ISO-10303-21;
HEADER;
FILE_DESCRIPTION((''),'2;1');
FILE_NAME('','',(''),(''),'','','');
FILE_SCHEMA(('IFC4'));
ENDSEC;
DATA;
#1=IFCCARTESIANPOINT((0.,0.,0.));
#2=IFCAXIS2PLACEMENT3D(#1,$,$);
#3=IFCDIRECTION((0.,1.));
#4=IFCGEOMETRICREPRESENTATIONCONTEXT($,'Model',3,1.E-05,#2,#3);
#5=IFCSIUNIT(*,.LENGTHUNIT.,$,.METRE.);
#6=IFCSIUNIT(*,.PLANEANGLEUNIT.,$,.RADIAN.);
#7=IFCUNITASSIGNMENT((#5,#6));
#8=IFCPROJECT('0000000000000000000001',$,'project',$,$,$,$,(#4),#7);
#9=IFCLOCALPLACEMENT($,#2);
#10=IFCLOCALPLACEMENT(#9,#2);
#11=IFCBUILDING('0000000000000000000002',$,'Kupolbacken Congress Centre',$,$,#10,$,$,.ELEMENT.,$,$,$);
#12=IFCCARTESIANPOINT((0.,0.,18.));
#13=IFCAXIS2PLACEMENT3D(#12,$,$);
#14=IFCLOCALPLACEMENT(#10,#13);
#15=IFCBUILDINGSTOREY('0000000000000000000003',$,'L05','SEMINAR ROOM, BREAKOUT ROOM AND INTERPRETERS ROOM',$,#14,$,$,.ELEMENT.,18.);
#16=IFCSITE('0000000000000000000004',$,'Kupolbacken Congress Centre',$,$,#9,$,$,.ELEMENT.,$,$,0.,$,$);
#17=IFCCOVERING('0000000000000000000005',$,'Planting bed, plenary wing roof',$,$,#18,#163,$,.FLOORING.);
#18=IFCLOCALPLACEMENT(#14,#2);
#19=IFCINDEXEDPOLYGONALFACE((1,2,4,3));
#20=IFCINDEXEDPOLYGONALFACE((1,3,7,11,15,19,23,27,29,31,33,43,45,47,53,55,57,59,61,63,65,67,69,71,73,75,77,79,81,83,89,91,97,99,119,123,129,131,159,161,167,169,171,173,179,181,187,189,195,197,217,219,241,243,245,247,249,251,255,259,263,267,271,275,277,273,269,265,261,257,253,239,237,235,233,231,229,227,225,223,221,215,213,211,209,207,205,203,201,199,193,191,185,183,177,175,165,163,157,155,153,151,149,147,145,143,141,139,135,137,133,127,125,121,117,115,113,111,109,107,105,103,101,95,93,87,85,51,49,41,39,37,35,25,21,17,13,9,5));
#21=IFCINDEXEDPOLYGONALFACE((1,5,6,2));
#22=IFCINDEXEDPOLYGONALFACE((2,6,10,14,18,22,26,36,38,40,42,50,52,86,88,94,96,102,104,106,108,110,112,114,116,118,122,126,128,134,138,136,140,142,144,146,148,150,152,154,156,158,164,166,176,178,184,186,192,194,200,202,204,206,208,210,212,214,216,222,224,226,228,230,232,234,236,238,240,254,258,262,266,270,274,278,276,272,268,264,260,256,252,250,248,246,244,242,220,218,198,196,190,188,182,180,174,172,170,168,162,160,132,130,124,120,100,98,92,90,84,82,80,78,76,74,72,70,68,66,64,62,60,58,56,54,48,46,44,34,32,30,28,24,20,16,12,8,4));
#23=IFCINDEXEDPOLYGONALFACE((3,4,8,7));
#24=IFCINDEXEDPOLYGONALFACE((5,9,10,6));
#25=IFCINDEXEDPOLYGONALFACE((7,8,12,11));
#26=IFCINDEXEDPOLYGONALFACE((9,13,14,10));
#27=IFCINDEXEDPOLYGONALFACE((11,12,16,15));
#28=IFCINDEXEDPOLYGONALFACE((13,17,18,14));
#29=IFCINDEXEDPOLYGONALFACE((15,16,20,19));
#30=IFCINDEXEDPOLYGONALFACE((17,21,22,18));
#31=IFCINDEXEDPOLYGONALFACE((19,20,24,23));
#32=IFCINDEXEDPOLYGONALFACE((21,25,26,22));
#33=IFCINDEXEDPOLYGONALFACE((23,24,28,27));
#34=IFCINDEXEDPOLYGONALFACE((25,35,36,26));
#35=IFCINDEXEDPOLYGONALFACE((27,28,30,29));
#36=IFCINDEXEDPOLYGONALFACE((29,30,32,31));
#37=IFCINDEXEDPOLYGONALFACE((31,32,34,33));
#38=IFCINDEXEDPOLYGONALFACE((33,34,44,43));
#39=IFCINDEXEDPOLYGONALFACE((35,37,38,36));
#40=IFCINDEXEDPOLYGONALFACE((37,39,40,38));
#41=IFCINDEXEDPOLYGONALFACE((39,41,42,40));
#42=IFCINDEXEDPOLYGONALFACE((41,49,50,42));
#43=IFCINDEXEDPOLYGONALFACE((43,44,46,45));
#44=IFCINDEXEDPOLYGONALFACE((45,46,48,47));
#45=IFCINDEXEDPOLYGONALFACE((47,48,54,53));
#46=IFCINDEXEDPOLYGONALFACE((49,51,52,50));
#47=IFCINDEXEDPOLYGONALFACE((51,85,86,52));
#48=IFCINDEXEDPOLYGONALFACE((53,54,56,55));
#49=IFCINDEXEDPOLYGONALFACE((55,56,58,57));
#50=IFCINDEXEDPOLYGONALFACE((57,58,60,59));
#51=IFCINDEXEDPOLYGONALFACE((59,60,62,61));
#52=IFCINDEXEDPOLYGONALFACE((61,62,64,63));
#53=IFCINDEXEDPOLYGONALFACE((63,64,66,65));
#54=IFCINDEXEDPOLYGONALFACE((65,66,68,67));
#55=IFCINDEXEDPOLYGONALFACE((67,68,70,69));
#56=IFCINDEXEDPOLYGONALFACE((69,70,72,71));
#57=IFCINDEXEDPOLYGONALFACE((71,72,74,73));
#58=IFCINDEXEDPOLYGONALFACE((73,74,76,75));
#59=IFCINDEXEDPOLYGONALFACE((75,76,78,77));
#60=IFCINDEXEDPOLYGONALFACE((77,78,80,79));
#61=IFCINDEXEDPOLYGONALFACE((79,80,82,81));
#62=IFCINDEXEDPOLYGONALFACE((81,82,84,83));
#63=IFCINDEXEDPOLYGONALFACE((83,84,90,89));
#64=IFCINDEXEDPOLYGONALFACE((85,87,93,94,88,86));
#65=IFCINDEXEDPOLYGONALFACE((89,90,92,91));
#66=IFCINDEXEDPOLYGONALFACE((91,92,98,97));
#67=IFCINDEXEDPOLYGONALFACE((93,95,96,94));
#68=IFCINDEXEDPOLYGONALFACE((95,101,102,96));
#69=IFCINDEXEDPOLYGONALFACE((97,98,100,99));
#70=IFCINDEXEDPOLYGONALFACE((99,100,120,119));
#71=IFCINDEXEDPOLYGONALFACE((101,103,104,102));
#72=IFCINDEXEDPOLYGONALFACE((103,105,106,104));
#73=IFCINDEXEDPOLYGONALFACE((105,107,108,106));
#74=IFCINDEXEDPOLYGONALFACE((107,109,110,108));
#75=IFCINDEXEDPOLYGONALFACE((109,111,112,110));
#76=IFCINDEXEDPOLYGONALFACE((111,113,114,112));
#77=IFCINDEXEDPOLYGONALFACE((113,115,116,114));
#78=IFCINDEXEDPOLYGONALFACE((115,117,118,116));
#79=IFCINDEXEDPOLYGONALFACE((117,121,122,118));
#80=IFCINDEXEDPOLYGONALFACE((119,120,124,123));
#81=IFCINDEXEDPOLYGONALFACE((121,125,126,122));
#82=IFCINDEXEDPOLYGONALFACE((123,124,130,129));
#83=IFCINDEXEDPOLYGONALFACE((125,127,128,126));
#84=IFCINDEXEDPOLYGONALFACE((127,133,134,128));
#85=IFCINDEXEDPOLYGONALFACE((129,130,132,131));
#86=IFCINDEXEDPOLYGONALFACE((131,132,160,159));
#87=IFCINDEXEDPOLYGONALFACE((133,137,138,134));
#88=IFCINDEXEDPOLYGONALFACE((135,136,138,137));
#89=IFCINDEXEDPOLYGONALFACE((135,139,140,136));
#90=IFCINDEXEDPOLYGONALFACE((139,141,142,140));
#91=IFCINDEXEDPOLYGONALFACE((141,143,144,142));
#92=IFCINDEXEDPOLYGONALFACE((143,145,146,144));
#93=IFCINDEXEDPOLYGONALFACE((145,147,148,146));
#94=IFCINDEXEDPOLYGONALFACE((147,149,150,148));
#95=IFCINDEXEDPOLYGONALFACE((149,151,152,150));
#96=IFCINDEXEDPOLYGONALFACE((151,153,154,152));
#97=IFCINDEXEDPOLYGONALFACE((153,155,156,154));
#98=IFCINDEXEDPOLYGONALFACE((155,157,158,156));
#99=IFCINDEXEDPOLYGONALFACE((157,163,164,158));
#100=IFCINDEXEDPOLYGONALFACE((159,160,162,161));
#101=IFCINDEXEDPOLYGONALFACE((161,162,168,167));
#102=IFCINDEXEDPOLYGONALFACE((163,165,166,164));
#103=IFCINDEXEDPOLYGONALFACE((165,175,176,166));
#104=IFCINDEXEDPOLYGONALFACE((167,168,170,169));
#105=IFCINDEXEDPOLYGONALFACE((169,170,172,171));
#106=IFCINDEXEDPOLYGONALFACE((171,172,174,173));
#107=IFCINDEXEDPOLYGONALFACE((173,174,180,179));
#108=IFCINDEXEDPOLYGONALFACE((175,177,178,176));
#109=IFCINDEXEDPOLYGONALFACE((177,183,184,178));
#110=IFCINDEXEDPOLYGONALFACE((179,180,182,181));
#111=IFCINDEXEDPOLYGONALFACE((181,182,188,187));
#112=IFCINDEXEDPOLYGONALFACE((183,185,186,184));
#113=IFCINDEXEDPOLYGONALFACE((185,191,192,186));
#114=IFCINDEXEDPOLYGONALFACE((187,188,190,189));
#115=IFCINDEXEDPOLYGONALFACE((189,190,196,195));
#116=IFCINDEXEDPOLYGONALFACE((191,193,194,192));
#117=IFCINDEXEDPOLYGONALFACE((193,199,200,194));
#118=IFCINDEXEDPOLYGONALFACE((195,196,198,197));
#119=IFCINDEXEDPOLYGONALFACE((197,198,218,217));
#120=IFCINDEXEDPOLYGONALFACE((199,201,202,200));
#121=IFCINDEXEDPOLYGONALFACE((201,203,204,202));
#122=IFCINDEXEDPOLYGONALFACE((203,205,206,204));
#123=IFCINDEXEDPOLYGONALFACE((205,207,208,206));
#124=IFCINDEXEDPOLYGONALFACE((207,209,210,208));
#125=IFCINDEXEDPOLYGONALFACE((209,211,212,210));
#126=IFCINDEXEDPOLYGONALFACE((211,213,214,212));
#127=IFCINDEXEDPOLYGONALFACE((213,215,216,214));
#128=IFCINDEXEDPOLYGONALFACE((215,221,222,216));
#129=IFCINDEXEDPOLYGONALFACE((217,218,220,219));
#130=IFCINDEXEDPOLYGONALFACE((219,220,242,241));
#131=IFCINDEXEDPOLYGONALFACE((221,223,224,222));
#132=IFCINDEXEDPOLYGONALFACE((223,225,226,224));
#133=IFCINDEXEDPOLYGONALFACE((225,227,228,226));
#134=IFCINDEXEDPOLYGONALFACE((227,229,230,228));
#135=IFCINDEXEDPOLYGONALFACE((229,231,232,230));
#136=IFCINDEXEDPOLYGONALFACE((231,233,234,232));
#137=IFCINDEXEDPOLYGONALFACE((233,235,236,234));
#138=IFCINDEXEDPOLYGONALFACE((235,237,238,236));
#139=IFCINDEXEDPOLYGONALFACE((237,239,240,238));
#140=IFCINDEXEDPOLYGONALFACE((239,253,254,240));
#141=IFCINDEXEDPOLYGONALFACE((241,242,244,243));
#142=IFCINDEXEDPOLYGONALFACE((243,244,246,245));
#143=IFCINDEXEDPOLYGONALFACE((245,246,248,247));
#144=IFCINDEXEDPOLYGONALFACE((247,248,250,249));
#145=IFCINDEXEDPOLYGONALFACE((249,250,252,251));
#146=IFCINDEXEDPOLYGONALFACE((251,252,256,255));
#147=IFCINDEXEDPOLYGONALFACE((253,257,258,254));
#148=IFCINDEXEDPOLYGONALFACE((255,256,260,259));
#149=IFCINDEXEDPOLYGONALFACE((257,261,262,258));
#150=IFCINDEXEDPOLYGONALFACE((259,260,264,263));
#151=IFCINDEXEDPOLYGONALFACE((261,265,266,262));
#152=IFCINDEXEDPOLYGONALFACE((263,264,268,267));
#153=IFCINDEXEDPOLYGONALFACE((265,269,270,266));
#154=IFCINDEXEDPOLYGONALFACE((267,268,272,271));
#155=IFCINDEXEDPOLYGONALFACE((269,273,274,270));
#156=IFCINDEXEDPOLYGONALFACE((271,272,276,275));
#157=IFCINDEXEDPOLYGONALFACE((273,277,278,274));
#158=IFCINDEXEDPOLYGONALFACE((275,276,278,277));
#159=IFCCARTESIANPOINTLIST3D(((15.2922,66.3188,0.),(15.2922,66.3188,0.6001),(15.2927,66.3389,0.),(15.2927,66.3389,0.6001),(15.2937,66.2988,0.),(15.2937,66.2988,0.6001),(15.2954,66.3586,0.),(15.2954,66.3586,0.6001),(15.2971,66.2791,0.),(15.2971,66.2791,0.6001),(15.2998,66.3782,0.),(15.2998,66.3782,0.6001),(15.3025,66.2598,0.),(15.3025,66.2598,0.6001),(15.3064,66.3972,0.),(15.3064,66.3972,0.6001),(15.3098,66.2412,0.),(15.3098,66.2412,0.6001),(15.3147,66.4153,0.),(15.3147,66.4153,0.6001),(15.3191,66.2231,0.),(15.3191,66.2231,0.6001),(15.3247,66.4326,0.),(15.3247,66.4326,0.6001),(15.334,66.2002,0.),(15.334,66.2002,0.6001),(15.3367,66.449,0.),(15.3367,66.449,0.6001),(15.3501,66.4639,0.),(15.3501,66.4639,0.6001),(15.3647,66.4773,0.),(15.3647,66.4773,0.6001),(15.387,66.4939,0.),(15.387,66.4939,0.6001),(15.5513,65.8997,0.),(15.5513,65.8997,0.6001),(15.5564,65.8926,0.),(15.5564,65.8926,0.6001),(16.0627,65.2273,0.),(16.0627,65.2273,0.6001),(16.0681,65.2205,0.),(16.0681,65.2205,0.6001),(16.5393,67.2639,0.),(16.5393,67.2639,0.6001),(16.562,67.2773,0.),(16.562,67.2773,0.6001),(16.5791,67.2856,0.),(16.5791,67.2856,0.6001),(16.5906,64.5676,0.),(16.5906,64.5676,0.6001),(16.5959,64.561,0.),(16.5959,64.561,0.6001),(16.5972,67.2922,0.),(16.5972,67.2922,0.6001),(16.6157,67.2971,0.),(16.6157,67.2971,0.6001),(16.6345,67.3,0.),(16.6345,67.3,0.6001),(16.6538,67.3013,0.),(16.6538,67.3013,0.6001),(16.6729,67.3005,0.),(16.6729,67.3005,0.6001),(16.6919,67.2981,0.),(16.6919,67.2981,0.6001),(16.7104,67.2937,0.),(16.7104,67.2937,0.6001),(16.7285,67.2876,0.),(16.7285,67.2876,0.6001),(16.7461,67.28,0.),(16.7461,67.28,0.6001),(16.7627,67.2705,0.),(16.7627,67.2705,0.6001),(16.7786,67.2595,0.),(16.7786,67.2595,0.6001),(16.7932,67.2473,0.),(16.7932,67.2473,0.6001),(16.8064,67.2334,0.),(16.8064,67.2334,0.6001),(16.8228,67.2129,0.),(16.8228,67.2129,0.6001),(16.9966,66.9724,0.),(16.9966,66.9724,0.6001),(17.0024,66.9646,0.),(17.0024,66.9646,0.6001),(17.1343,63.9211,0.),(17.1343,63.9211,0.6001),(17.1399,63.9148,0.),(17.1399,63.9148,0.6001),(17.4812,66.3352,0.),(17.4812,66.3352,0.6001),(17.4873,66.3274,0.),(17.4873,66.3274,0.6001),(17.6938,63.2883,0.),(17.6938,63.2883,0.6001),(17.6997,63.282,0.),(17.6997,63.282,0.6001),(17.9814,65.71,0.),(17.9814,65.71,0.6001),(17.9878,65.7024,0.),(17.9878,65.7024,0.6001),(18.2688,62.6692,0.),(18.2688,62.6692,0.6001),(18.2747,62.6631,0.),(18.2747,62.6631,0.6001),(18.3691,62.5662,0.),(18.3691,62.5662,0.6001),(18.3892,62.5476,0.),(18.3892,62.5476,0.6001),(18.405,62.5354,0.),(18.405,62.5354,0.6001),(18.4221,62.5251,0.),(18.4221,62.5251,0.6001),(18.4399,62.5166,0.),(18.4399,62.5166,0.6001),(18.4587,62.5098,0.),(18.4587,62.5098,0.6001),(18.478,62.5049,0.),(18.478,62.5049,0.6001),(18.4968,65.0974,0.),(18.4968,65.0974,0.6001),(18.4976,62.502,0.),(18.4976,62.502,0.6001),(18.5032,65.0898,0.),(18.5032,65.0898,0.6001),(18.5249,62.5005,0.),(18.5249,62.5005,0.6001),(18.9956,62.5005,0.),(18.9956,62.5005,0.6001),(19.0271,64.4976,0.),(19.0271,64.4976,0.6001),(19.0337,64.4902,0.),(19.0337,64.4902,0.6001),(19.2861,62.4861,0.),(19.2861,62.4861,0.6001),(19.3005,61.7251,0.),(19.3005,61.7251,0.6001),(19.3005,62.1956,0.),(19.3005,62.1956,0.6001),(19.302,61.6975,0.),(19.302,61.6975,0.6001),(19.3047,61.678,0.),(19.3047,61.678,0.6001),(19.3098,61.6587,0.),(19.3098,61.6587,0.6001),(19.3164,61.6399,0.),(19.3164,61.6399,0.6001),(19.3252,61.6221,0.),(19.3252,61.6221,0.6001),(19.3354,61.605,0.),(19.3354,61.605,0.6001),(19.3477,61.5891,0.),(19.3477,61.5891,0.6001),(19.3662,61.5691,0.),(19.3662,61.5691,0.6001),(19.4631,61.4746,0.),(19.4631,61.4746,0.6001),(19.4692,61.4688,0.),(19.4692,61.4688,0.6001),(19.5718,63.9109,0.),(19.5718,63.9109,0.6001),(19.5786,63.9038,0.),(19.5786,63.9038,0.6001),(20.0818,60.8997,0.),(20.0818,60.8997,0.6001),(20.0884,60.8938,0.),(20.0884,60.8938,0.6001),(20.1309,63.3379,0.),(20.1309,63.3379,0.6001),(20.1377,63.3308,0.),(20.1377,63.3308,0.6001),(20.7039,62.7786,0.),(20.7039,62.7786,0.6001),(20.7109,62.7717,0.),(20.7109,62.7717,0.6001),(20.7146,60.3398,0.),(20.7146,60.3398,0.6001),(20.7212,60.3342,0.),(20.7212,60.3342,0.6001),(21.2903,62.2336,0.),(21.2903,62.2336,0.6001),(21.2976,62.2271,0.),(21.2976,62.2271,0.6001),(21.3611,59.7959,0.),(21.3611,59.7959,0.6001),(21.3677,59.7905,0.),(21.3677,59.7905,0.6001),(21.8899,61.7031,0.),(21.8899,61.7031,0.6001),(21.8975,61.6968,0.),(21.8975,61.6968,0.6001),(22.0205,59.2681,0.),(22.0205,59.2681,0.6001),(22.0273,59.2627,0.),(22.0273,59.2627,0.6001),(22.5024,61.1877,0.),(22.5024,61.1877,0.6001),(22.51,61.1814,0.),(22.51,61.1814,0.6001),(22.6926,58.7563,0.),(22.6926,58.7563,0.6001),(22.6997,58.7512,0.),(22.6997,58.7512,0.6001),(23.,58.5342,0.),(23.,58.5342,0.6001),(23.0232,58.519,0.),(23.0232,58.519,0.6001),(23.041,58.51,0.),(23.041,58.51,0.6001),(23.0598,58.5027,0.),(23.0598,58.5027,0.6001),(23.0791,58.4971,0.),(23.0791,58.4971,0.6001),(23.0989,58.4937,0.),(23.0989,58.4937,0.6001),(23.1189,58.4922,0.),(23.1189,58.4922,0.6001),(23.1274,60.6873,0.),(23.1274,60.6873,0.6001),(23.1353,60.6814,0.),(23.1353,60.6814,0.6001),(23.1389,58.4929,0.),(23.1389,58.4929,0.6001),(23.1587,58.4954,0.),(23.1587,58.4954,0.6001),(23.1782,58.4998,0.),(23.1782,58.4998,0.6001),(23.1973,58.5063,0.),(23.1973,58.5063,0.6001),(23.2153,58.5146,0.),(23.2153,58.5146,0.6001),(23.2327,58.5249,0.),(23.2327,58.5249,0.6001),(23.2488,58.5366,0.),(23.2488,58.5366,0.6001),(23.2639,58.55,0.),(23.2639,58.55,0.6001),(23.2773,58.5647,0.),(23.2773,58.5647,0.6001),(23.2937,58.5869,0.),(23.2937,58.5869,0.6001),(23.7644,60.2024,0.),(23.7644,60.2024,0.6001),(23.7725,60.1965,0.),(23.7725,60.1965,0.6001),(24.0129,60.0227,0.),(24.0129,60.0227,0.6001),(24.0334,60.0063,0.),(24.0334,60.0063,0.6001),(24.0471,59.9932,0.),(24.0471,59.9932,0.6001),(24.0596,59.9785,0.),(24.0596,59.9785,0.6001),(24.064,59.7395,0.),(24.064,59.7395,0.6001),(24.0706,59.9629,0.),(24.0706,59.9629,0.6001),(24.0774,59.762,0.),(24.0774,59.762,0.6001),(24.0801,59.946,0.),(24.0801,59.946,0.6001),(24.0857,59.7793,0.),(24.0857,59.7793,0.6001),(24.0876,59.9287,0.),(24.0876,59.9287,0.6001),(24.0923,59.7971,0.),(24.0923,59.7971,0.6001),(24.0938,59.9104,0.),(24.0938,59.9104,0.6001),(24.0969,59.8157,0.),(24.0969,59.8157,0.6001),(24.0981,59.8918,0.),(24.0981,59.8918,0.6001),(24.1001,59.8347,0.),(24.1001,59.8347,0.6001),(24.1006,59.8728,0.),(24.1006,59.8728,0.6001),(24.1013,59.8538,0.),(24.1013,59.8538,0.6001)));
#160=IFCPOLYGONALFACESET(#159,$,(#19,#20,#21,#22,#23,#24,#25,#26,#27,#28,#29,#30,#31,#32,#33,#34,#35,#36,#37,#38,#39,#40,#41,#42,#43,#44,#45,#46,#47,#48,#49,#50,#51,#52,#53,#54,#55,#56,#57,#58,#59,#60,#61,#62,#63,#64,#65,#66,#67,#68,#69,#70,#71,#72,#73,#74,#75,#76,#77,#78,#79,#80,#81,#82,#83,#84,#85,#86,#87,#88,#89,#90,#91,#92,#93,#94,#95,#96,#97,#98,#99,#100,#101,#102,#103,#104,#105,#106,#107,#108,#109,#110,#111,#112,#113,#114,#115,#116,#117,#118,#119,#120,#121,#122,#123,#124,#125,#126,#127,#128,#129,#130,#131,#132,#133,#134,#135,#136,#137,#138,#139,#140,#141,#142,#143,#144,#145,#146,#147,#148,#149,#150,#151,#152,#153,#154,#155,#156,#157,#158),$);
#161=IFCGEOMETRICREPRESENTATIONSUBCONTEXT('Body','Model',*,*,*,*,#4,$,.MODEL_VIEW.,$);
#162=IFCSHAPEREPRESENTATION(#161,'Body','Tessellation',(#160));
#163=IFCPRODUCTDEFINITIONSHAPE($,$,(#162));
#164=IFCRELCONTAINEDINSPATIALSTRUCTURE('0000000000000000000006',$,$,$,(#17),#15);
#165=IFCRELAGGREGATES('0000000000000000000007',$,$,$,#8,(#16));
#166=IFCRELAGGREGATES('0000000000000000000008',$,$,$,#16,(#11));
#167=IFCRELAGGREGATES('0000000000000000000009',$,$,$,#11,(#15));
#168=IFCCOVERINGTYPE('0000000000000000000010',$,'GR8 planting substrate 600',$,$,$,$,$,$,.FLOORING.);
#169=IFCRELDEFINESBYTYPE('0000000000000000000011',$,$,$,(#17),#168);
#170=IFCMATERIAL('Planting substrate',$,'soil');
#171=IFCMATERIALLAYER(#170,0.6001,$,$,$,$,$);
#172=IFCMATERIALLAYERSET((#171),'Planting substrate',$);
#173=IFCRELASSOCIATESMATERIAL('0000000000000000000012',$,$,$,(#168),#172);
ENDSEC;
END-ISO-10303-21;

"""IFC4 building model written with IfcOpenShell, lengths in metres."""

from ifc_helpers import new_model, si_unit, direction, frame, origin, place, context, subcontext, project, spatial, polyline, outline, extrude, material, layer, layer_set, type_object, element, save


model = new_model("IFC4")

# Units and contexts
model_context = context("Model", 3, precision=1e-05, world=origin(), true_north=direction((0.0, 1.0)))
body_context = subcontext(model_context, "Body", "Model", "MODEL_VIEW")
ifc_project = project(units=[si_unit("LENGTHUNIT", "METRE"), si_unit("PLANEANGLEUNIT", "RADIAN")], contexts=[model_context])

# Site, building, storey
site_placement = place(None, origin())
site = spatial("IfcSite", under=ifc_project, at=site_placement, Name="Kupolbacken Congress Centre", CompositionType="ELEMENT", RefElevation=0.0)
building_placement = place(site_placement, origin())
building = spatial("IfcBuilding", under=site, at=building_placement, Name="Kupolbacken Congress Centre", CompositionType="ELEMENT")
storey_placement = place(building_placement, frame((0.0, 0.0, 18.0)))
storey = spatial("IfcBuildingStorey", under=building, at=storey_placement, Name="L05", Description="SEMINAR ROOM, BREAKOUT ROOM AND INTERPRETERS ROOM", CompositionType="ELEMENT", Elevation=18.0)

# Covering
ifc_material_1 = material(Name="Planting substrate", Category="soil")
ifc_layer_1 = layer(ifc_material_1, 0.6001)
ifc_layer_set_1 = layer_set([ifc_layer_1], Name="Planting substrate")
covering_type_1 = type_object("IfcCoveringType", Name="GR8 planting substrate 600", PredefinedType="FLOORING", material=ifc_layer_set_1)
covering_1_placement = place(storey_placement, origin())
element("IfcCovering", 1, at=covering_1_placement, inside=storey, type_object=covering_type_1, Name="Planting bed, plenary wing roof", PredefinedType="FLOORING", context=body_context, shape_type="SweptSolid", body=[
    extrude(outline(polyline([(15.334, 66.2002), (15.3191, 66.2231), (15.3098, 66.2412), (15.3025, 66.2598), (15.2971, 66.2791), (15.2937, 66.2988), (15.2922, 66.3188), (15.2927, 66.3389), (15.2954, 66.3586), (15.2998, 66.3782), (15.3064, 66.3972), (15.3147, 66.4153), (15.3247, 66.4326), (15.3367, 66.449), (15.3501, 66.4639), (15.3647, 66.4773), (15.387, 66.4939), (16.5393, 67.2639), (16.562, 67.2773), (16.5791, 67.2856), (16.5972, 67.2922), (16.6157, 67.2971), (16.6345, 67.3), (16.6538, 67.3013), (16.6729, 67.3005), (16.6919, 67.2981), (16.7104, 67.2937), (16.7285, 67.2876), (16.7461, 67.28), (16.7627, 67.2705), (16.7786, 67.2595), (16.7932, 67.2473), (16.8064, 67.2334), (16.8228, 67.2129), (16.9966, 66.9724), (17.0024, 66.9646), (17.4812, 66.3352), (17.4873, 66.3274), (17.9814, 65.71), (17.9878, 65.7024), (18.4968, 65.0974), (18.5032, 65.0898), (19.0271, 64.4976), (19.0337, 64.4902), (19.5718, 63.9109), (19.5786, 63.9038), (20.1309, 63.3379), (20.1377, 63.3308), (20.7039, 62.7786), (20.7109, 62.7717), (21.2903, 62.2336), (21.2976, 62.2271), (21.8899, 61.7031), (21.8975, 61.6968), (22.5024, 61.1877), (22.51, 61.1814), (23.1274, 60.6873), (23.1353, 60.6814), (23.7644, 60.2024), (23.7725, 60.1965), (24.0129, 60.0227), (24.0334, 60.0063), (24.0471, 59.9932), (24.0596, 59.9785), (24.0706, 59.9629), (24.0801, 59.946), (24.0876, 59.9287), (24.0938, 59.9104), (24.0981, 59.8918), (24.1006, 59.8728), (24.1013, 59.8538), (24.1001, 59.8347), (24.0969, 59.8157), (24.0923, 59.7971), (24.0857, 59.7793), (24.0774, 59.762), (24.064, 59.7395), (23.2937, 58.5869), (23.2773, 58.5647), (23.2639, 58.55), (23.2488, 58.5366), (23.2327, 58.5249), (23.2153, 58.5146), (23.1973, 58.5063), (23.1782, 58.4998), (23.1587, 58.4954), (23.1389, 58.4929), (23.1189, 58.4922), (23.0989, 58.4937), (23.0791, 58.4971), (23.0598, 58.5027), (23.041, 58.51), (23.0232, 58.519), (23.0, 58.5342), (22.6997, 58.7512), (22.6926, 58.7563), (22.0273, 59.2627), (22.0205, 59.2681), (21.3677, 59.7905), (21.3611, 59.7959), (20.7212, 60.3342), (20.7146, 60.3398), (20.0884, 60.8938), (20.0818, 60.8997), (19.4692, 61.4688), (19.4631, 61.4746), (19.3662, 61.5691), (19.3477, 61.5891), (19.3354, 61.605), (19.3252, 61.6221), (19.3164, 61.6399), (19.3098, 61.6587), (19.3047, 61.678), (19.302, 61.6975), (19.3005, 61.7251), (19.3005, 62.1956), (19.2861, 62.4861), (18.9956, 62.5005), (18.5249, 62.5005), (18.4976, 62.502), (18.478, 62.5049), (18.4587, 62.5098), (18.4399, 62.5166), (18.4221, 62.5251), (18.405, 62.5354), (18.3892, 62.5476), (18.3691, 62.5662), (18.2747, 62.6631), (18.2688, 62.6692), (17.6997, 63.282), (17.6938, 63.2883), (17.1399, 63.9148), (17.1343, 63.9211), (16.5959, 64.561), (16.5906, 64.5676), (16.0681, 65.2205), (16.0627, 65.2273), (15.5564, 65.8926), (15.5513, 65.8997), (15.334, 66.2002)])), origin(), (0.0, 0.0, 1.0), 0.6001),
])

save(model, "model.ifc")
